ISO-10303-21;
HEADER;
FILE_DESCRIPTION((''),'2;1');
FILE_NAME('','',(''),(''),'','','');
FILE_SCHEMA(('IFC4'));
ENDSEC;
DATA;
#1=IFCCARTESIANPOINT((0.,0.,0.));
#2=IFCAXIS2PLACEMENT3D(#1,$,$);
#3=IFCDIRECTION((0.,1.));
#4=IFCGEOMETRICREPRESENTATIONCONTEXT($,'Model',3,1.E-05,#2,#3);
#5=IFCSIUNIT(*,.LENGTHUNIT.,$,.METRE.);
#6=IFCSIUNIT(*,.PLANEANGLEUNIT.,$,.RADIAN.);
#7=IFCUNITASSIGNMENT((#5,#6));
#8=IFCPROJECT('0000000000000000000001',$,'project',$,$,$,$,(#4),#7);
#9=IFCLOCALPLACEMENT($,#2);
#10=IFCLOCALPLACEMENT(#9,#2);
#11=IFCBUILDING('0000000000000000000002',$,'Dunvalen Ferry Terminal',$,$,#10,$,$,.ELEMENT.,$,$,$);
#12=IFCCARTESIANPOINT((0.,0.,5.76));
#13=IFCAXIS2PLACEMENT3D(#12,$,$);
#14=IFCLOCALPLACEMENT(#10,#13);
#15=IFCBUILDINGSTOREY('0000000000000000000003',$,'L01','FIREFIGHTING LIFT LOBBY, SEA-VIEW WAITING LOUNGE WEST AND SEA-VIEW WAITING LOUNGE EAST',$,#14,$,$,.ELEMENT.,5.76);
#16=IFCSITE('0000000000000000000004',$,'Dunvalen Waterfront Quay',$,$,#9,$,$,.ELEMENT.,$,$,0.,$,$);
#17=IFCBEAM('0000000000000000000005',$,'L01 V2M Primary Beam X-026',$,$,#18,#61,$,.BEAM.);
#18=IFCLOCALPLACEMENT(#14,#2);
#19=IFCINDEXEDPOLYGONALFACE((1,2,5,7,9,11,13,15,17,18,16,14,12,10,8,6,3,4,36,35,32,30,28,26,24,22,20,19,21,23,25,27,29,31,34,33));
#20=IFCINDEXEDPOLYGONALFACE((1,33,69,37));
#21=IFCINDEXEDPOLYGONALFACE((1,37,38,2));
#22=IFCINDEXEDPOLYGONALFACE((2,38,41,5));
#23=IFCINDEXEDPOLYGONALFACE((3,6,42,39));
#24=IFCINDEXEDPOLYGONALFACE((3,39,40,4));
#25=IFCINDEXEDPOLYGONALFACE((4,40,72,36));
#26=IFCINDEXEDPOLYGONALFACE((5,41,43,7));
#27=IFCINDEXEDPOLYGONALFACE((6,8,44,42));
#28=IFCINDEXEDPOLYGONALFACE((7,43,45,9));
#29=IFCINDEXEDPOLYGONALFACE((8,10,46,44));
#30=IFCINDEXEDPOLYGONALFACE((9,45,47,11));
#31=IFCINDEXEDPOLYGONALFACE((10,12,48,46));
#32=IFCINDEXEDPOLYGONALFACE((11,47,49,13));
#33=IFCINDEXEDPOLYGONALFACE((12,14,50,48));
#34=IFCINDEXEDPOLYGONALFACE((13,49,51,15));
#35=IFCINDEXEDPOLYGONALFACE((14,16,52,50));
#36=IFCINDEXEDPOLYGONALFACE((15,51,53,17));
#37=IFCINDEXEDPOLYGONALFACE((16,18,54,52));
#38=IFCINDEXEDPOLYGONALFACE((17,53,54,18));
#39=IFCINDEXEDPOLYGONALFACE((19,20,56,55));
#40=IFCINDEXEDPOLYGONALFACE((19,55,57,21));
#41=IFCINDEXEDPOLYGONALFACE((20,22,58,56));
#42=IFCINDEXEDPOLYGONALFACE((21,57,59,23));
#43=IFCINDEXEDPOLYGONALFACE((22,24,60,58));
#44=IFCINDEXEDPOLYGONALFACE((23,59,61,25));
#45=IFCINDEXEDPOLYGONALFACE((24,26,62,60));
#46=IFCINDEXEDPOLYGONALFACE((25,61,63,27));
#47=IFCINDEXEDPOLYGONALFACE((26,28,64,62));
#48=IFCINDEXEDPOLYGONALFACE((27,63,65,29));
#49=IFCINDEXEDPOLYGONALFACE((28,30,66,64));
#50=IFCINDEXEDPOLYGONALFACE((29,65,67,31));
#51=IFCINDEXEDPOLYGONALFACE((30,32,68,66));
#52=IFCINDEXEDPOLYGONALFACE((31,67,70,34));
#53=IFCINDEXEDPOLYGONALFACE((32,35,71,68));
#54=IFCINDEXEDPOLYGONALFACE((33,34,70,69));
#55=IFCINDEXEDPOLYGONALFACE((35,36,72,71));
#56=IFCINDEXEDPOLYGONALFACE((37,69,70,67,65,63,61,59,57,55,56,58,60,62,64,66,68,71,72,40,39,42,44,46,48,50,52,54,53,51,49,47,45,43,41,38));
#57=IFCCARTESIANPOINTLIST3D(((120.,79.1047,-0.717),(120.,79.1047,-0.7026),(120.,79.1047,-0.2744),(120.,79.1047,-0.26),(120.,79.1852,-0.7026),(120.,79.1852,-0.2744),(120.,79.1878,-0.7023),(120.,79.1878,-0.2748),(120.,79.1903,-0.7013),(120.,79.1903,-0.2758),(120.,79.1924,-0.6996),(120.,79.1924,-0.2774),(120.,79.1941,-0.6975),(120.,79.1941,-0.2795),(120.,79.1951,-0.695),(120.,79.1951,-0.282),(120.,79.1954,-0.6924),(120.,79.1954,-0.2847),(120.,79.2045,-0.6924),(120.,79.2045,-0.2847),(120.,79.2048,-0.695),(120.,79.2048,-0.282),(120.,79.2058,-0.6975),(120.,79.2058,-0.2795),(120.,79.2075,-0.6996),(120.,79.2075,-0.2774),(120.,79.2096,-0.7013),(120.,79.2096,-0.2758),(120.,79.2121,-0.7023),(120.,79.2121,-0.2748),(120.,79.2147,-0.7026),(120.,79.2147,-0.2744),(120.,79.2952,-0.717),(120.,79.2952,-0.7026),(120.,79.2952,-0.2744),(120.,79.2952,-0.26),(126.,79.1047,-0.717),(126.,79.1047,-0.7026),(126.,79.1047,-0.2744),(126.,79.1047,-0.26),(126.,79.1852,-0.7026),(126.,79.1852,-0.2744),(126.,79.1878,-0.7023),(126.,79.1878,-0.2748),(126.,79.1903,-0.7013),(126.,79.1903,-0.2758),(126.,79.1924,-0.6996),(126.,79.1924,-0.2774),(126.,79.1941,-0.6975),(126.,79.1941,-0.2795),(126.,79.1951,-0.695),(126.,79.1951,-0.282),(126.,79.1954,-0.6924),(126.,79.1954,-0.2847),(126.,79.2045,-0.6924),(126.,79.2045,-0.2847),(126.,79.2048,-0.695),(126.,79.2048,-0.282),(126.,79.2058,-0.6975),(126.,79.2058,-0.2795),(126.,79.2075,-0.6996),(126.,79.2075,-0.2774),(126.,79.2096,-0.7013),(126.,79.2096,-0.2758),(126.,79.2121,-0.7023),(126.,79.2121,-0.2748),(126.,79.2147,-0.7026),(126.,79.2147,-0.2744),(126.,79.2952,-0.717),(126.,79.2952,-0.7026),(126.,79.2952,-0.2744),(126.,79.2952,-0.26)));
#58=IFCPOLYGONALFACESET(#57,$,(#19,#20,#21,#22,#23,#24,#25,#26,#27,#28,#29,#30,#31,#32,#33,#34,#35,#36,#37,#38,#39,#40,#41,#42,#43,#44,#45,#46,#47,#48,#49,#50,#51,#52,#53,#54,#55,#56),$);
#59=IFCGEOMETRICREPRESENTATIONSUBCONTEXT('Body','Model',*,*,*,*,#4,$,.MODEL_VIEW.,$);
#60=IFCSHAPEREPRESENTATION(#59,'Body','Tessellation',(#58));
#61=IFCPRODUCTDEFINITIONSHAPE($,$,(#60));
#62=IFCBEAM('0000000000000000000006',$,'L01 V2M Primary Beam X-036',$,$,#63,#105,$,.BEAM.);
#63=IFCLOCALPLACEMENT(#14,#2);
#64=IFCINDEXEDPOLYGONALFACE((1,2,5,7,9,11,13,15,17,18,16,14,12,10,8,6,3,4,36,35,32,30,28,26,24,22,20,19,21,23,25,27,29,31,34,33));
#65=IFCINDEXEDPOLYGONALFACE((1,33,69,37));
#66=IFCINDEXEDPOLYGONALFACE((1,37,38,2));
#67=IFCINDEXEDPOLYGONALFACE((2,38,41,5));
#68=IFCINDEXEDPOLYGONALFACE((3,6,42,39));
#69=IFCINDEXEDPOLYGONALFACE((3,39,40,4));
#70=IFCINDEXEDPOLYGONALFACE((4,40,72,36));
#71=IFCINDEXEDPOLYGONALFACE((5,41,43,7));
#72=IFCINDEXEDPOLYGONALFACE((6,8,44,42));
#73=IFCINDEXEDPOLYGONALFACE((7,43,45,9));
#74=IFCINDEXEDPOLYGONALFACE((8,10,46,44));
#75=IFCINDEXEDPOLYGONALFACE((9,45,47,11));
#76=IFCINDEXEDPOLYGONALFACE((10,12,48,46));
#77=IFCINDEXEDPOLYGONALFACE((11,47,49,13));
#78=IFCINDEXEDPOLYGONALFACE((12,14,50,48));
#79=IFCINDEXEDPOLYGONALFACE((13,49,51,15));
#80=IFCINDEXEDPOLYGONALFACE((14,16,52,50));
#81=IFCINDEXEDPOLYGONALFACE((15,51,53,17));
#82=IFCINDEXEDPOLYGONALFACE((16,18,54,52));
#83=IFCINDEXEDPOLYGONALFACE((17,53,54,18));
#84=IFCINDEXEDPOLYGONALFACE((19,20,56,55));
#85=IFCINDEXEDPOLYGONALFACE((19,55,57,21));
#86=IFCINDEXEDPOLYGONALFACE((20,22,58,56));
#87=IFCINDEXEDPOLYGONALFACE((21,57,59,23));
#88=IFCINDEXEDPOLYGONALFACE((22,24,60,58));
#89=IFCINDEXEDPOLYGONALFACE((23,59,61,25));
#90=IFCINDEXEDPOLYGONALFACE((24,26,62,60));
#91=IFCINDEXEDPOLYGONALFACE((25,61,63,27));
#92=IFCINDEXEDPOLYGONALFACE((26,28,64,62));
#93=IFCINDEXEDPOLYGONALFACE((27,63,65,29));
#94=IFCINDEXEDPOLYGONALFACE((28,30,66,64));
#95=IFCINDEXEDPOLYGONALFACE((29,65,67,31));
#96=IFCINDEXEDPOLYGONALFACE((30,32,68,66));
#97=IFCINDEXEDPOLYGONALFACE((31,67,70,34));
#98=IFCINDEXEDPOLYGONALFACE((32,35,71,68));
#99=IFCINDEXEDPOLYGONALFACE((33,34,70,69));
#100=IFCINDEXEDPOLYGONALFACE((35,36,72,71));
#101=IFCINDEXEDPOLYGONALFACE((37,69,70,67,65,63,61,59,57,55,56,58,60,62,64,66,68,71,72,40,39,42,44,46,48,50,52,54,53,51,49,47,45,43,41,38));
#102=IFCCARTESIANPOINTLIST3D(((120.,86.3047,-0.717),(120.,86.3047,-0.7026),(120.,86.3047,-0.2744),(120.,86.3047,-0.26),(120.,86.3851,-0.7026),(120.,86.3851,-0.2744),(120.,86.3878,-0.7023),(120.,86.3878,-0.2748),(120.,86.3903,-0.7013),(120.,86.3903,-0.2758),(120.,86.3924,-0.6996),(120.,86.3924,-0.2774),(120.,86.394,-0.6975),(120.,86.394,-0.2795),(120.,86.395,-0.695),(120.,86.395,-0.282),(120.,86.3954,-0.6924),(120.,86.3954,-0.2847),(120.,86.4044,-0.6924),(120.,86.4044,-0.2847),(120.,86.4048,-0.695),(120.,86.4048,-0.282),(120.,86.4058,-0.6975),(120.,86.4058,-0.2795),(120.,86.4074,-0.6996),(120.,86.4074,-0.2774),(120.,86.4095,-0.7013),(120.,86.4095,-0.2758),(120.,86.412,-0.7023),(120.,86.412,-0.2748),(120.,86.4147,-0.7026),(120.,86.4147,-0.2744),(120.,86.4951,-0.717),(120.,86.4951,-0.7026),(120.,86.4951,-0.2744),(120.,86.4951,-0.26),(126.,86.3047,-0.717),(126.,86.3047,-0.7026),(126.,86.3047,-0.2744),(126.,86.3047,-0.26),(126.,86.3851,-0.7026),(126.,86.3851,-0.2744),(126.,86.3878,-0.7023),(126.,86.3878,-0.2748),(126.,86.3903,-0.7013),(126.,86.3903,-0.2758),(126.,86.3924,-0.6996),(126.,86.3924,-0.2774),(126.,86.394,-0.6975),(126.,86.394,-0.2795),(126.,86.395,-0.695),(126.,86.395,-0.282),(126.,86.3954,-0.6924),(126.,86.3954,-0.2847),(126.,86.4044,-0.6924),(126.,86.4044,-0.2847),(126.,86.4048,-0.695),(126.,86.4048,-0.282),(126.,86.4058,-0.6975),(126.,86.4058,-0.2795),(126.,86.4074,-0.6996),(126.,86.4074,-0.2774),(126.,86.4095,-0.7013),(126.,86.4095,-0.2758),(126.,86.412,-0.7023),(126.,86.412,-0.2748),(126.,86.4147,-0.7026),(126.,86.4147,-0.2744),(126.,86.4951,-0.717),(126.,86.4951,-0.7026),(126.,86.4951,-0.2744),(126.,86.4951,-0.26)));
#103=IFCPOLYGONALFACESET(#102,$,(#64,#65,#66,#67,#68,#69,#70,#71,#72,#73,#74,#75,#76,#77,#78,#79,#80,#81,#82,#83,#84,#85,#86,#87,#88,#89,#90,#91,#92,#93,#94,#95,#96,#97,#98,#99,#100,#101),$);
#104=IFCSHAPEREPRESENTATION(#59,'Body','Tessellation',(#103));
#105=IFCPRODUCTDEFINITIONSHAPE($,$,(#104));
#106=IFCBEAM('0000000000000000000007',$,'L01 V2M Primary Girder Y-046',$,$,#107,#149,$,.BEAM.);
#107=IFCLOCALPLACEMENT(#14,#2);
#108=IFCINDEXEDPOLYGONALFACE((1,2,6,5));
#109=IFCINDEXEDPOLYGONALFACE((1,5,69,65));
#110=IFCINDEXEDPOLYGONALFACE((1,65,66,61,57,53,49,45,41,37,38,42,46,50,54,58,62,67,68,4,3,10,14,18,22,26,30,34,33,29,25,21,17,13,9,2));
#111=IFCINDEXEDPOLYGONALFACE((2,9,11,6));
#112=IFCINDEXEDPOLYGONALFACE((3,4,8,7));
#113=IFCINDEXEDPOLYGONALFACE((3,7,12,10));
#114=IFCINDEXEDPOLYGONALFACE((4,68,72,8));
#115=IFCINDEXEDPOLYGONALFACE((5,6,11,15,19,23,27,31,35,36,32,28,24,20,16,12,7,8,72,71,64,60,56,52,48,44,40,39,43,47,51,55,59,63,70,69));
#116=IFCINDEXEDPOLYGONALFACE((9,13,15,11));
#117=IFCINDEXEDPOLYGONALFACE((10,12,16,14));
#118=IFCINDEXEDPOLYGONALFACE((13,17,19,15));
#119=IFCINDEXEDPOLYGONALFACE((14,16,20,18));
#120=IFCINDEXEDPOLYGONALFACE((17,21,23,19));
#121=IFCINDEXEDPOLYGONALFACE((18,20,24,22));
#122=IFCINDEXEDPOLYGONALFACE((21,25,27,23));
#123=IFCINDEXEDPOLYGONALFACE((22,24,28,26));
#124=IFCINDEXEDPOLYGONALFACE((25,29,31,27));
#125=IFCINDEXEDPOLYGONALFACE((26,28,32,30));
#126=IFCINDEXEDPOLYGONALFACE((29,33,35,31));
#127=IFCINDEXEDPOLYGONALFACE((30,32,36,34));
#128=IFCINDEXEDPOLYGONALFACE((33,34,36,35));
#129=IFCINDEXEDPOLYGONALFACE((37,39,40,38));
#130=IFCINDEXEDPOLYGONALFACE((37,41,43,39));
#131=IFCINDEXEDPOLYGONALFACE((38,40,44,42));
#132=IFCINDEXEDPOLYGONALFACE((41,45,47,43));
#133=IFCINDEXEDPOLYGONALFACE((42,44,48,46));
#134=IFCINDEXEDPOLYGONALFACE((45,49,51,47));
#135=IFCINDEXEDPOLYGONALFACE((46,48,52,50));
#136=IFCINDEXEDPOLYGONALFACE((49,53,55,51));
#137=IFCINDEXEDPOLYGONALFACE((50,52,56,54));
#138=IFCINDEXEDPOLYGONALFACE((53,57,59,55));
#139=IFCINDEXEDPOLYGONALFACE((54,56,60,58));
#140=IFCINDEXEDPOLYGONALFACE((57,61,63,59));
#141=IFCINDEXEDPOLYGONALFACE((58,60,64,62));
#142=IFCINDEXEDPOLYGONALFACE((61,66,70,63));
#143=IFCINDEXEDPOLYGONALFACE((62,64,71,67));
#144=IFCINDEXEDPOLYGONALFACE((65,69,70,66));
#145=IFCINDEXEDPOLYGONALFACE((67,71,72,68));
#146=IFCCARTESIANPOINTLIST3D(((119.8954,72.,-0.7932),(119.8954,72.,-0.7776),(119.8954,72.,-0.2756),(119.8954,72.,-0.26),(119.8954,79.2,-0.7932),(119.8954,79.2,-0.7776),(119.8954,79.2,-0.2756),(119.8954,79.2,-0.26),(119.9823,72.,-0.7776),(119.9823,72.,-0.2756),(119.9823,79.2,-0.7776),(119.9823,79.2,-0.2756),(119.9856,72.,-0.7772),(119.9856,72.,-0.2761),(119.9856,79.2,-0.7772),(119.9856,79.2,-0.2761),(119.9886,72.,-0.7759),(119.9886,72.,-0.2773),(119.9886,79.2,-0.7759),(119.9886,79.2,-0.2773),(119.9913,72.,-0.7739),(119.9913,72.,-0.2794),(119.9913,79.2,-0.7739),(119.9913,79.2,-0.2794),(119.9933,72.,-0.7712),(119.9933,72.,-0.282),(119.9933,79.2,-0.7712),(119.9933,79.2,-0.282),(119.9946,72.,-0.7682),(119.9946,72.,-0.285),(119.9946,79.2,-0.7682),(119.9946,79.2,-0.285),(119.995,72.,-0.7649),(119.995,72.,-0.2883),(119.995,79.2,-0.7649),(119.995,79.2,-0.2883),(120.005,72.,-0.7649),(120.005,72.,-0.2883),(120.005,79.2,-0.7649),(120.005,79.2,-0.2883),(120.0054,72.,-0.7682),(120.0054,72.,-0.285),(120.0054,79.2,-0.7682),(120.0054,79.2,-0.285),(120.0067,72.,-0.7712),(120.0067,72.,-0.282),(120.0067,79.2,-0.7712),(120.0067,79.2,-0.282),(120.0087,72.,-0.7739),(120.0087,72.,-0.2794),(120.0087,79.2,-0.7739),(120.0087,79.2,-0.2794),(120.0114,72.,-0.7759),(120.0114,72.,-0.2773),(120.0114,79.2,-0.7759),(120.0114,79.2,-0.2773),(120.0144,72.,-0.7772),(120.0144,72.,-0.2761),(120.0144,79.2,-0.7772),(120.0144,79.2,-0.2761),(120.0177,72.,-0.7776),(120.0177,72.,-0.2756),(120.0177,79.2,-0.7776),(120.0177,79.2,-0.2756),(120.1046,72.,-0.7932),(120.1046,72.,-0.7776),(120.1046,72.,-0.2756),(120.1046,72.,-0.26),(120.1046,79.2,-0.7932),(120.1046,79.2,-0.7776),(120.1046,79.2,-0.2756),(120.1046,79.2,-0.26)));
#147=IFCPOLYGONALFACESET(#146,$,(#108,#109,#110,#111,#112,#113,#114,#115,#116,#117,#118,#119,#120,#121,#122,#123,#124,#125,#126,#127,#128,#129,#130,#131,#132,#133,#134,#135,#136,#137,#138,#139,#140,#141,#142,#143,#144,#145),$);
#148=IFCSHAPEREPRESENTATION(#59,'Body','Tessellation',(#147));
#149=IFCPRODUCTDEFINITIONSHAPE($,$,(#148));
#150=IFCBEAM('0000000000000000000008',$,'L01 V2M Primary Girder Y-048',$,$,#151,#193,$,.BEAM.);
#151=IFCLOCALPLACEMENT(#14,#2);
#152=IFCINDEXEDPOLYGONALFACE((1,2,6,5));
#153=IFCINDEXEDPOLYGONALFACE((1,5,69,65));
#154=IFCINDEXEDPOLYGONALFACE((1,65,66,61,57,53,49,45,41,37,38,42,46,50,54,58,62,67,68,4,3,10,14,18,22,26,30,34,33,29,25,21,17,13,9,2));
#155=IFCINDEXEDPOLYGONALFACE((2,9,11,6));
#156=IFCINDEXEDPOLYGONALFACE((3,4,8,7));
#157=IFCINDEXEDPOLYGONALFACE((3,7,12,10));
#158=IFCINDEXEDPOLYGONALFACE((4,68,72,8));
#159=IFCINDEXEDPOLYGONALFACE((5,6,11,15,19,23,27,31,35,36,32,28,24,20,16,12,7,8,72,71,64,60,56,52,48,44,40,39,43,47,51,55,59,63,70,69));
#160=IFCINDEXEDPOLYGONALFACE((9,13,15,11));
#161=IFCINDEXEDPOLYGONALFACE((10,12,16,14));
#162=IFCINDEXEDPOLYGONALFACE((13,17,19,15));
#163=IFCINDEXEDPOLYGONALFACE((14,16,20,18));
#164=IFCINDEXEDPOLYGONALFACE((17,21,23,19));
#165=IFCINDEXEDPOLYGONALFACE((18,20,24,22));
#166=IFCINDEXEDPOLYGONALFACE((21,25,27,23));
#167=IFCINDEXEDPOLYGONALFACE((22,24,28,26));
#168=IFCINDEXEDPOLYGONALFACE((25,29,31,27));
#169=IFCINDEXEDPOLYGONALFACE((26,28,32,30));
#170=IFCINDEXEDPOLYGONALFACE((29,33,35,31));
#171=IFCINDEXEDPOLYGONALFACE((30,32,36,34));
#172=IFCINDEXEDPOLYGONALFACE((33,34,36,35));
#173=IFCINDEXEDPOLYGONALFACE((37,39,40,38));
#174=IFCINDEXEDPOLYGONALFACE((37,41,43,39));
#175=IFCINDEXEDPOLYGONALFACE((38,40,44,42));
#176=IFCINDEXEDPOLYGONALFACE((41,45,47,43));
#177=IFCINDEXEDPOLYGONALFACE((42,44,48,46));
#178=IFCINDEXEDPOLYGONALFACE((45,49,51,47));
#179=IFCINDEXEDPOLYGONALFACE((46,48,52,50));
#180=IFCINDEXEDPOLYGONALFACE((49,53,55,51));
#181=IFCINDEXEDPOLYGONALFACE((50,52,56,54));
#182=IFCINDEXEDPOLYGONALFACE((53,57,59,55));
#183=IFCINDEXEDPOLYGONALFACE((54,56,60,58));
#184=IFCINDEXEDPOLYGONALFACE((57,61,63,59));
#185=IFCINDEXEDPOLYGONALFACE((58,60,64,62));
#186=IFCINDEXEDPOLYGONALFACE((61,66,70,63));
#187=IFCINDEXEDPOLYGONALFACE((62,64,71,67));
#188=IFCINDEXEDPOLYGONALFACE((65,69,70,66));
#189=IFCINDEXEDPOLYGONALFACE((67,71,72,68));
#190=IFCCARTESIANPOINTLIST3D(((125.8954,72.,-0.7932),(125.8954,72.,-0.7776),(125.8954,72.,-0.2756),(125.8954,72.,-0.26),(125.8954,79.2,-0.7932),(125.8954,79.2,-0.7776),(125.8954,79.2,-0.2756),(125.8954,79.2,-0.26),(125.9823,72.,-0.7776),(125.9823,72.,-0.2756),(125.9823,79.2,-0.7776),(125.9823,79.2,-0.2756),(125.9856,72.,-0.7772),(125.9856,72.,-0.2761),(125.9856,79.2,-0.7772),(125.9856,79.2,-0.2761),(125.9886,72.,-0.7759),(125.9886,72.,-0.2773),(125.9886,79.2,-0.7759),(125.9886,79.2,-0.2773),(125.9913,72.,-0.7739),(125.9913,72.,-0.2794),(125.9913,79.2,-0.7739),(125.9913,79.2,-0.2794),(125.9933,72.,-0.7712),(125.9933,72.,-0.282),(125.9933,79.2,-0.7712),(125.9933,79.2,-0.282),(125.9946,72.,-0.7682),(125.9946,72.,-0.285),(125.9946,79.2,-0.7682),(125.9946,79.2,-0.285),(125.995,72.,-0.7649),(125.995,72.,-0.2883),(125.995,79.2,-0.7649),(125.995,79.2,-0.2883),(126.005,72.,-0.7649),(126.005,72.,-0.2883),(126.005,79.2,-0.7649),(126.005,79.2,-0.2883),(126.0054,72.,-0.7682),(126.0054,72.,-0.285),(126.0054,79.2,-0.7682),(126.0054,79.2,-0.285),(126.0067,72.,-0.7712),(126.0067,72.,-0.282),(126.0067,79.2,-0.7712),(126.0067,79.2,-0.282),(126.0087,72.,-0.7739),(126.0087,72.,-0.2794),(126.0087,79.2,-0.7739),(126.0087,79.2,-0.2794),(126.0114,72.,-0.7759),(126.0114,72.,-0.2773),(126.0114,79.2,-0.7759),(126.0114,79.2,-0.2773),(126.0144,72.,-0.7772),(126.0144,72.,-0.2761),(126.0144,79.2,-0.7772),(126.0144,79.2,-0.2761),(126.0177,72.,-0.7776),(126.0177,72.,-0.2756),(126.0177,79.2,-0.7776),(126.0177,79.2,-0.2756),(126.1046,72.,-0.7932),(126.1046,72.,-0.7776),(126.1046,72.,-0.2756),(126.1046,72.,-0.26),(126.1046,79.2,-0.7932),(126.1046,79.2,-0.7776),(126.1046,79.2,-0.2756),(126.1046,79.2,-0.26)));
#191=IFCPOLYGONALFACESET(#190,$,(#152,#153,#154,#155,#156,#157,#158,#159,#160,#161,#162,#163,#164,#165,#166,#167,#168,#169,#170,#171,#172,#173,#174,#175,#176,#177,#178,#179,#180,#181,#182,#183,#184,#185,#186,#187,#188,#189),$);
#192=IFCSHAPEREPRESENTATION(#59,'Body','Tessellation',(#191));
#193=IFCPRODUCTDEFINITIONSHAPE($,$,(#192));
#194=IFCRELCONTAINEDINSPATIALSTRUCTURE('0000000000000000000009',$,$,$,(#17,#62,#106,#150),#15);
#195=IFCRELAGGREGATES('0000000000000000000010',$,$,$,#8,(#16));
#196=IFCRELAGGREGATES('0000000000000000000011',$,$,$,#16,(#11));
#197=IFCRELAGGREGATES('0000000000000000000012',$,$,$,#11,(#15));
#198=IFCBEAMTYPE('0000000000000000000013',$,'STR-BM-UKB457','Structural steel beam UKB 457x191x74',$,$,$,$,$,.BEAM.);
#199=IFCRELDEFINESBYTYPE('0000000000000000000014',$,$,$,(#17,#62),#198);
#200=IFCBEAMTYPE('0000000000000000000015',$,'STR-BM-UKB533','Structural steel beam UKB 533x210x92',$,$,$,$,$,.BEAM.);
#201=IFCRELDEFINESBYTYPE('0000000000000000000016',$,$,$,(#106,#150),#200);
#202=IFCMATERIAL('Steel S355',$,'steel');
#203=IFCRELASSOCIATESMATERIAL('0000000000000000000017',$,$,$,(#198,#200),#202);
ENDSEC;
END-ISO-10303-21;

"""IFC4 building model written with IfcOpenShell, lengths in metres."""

from ifc_helpers import new_model, si_unit, direction, frame, origin, origin_2d, place, context, subcontext, project, spatial, i_section, extrude, material, material_profile, profile_set, type_object, element, save


model = new_model("IFC4")

# Units and contexts
model_context = context("Model", 3, precision=1e-05, world=origin(), true_north=direction((0.0, 1.0)))
body_context = subcontext(model_context, "Body", "Model", "MODEL_VIEW")
ifc_project = project(units=[si_unit("LENGTHUNIT", "METRE"), si_unit("PLANEANGLEUNIT", "RADIAN")], contexts=[model_context])

# Site, building, storey
site_placement = place(None, origin())
site = spatial("IfcSite", under=ifc_project, at=site_placement, Name="Dunvalen Waterfront Quay", CompositionType="ELEMENT", RefElevation=0.0)
building_placement = place(site_placement, origin())
building = spatial("IfcBuilding", under=site, at=building_placement, Name="Dunvalen Ferry Terminal", CompositionType="ELEMENT")
storey_placement = place(building_placement, frame((0.0, 0.0, 5.76)))
storey = spatial("IfcBuildingStorey", under=building, at=storey_placement, Name="L01", Description="FIREFIGHTING LIFT LOBBY, SEA-VIEW WAITING LOUNGE WEST AND SEA-VIEW WAITING LOUNGE EAST", CompositionType="ELEMENT", Elevation=5.76)

# Beams
ifc_material_1 = material(Name="Steel S355", Category="steel")
ifc_material_profile_1 = material_profile(ifc_material_1, i_section(OverallWidth=0.1904, OverallDepth=0.457, WebThickness=0.009, FlangeThickness=0.0144, FilletRadius=0.0103, at=origin_2d()), Name="Steel S355")
ifc_profile_set_1 = profile_set([ifc_material_profile_1], Name="Steel S355")
beam_type_1 = type_object("IfcBeamType", Name="STR-BM-UKB457", Description="Structural steel beam UKB 457x191x74", PredefinedType="BEAM", material=ifc_profile_set_1)
for number, where, z_axis, x_axis, name in (
    (1, (120.0, 79.2, -0.4885), (1.0, 0.0, 0.0), (0.0, 1.0, 0.0), "L01 V2M Primary Beam X-026"),
    (2, (120.0, 86.3999, -0.4885), (1.0, 0.0, 0.0), (0.0, 1.0, 0.0), "L01 V2M Primary Beam X-036"),
):
    element("IfcBeam", number, at=place(storey_placement, frame(where, z_axis=z_axis, x_axis=x_axis)), inside=storey, type_object=beam_type_1, Name=name, PredefinedType="BEAM", context=body_context, shape_type="SweptSolid", body=[
        extrude(i_section(OverallWidth=0.1904, OverallDepth=0.457, WebThickness=0.009, FlangeThickness=0.0144, FilletRadius=0.0103, at=origin_2d()), origin(), (0.0, 0.0, 1.0), 6.0),
    ])
ifc_material_profile_2 = material_profile(ifc_material_1, i_section(OverallWidth=0.2092, OverallDepth=0.5332, WebThickness=0.01, FlangeThickness=0.0156, FilletRadius=0.0127, at=origin_2d()), Name="Steel S355")
ifc_profile_set_2 = profile_set([ifc_material_profile_2], Name="Steel S355")
beam_type_2 = type_object("IfcBeamType", Name="STR-BM-UKB533", Description="Structural steel beam UKB 533x210x92", PredefinedType="BEAM", material=ifc_profile_set_2)
for number, where, z_axis, x_axis, name in (
    (3, (120.0, 72.0, -0.5266), (0.0, 1.0, 0.0), (-1.0, 0.0, 0.0), "L01 V2M Primary Girder Y-046"),
    (4, (126.0, 72.0, -0.5266), (0.0, 1.0, 0.0), (-1.0, 0.0, 0.0), "L01 V2M Primary Girder Y-048"),
):
    element("IfcBeam", number, at=place(storey_placement, frame(where, z_axis=z_axis, x_axis=x_axis)), inside=storey, type_object=beam_type_2, Name=name, PredefinedType="BEAM", context=body_context, shape_type="SweptSolid", body=[
        extrude(i_section(OverallWidth=0.2092, OverallDepth=0.5332, WebThickness=0.01, FlangeThickness=0.0156, FilletRadius=0.0127, at=origin_2d()), origin(), (0.0, 0.0, 1.0), 7.2),
    ])

save(model, "model.ifc")
